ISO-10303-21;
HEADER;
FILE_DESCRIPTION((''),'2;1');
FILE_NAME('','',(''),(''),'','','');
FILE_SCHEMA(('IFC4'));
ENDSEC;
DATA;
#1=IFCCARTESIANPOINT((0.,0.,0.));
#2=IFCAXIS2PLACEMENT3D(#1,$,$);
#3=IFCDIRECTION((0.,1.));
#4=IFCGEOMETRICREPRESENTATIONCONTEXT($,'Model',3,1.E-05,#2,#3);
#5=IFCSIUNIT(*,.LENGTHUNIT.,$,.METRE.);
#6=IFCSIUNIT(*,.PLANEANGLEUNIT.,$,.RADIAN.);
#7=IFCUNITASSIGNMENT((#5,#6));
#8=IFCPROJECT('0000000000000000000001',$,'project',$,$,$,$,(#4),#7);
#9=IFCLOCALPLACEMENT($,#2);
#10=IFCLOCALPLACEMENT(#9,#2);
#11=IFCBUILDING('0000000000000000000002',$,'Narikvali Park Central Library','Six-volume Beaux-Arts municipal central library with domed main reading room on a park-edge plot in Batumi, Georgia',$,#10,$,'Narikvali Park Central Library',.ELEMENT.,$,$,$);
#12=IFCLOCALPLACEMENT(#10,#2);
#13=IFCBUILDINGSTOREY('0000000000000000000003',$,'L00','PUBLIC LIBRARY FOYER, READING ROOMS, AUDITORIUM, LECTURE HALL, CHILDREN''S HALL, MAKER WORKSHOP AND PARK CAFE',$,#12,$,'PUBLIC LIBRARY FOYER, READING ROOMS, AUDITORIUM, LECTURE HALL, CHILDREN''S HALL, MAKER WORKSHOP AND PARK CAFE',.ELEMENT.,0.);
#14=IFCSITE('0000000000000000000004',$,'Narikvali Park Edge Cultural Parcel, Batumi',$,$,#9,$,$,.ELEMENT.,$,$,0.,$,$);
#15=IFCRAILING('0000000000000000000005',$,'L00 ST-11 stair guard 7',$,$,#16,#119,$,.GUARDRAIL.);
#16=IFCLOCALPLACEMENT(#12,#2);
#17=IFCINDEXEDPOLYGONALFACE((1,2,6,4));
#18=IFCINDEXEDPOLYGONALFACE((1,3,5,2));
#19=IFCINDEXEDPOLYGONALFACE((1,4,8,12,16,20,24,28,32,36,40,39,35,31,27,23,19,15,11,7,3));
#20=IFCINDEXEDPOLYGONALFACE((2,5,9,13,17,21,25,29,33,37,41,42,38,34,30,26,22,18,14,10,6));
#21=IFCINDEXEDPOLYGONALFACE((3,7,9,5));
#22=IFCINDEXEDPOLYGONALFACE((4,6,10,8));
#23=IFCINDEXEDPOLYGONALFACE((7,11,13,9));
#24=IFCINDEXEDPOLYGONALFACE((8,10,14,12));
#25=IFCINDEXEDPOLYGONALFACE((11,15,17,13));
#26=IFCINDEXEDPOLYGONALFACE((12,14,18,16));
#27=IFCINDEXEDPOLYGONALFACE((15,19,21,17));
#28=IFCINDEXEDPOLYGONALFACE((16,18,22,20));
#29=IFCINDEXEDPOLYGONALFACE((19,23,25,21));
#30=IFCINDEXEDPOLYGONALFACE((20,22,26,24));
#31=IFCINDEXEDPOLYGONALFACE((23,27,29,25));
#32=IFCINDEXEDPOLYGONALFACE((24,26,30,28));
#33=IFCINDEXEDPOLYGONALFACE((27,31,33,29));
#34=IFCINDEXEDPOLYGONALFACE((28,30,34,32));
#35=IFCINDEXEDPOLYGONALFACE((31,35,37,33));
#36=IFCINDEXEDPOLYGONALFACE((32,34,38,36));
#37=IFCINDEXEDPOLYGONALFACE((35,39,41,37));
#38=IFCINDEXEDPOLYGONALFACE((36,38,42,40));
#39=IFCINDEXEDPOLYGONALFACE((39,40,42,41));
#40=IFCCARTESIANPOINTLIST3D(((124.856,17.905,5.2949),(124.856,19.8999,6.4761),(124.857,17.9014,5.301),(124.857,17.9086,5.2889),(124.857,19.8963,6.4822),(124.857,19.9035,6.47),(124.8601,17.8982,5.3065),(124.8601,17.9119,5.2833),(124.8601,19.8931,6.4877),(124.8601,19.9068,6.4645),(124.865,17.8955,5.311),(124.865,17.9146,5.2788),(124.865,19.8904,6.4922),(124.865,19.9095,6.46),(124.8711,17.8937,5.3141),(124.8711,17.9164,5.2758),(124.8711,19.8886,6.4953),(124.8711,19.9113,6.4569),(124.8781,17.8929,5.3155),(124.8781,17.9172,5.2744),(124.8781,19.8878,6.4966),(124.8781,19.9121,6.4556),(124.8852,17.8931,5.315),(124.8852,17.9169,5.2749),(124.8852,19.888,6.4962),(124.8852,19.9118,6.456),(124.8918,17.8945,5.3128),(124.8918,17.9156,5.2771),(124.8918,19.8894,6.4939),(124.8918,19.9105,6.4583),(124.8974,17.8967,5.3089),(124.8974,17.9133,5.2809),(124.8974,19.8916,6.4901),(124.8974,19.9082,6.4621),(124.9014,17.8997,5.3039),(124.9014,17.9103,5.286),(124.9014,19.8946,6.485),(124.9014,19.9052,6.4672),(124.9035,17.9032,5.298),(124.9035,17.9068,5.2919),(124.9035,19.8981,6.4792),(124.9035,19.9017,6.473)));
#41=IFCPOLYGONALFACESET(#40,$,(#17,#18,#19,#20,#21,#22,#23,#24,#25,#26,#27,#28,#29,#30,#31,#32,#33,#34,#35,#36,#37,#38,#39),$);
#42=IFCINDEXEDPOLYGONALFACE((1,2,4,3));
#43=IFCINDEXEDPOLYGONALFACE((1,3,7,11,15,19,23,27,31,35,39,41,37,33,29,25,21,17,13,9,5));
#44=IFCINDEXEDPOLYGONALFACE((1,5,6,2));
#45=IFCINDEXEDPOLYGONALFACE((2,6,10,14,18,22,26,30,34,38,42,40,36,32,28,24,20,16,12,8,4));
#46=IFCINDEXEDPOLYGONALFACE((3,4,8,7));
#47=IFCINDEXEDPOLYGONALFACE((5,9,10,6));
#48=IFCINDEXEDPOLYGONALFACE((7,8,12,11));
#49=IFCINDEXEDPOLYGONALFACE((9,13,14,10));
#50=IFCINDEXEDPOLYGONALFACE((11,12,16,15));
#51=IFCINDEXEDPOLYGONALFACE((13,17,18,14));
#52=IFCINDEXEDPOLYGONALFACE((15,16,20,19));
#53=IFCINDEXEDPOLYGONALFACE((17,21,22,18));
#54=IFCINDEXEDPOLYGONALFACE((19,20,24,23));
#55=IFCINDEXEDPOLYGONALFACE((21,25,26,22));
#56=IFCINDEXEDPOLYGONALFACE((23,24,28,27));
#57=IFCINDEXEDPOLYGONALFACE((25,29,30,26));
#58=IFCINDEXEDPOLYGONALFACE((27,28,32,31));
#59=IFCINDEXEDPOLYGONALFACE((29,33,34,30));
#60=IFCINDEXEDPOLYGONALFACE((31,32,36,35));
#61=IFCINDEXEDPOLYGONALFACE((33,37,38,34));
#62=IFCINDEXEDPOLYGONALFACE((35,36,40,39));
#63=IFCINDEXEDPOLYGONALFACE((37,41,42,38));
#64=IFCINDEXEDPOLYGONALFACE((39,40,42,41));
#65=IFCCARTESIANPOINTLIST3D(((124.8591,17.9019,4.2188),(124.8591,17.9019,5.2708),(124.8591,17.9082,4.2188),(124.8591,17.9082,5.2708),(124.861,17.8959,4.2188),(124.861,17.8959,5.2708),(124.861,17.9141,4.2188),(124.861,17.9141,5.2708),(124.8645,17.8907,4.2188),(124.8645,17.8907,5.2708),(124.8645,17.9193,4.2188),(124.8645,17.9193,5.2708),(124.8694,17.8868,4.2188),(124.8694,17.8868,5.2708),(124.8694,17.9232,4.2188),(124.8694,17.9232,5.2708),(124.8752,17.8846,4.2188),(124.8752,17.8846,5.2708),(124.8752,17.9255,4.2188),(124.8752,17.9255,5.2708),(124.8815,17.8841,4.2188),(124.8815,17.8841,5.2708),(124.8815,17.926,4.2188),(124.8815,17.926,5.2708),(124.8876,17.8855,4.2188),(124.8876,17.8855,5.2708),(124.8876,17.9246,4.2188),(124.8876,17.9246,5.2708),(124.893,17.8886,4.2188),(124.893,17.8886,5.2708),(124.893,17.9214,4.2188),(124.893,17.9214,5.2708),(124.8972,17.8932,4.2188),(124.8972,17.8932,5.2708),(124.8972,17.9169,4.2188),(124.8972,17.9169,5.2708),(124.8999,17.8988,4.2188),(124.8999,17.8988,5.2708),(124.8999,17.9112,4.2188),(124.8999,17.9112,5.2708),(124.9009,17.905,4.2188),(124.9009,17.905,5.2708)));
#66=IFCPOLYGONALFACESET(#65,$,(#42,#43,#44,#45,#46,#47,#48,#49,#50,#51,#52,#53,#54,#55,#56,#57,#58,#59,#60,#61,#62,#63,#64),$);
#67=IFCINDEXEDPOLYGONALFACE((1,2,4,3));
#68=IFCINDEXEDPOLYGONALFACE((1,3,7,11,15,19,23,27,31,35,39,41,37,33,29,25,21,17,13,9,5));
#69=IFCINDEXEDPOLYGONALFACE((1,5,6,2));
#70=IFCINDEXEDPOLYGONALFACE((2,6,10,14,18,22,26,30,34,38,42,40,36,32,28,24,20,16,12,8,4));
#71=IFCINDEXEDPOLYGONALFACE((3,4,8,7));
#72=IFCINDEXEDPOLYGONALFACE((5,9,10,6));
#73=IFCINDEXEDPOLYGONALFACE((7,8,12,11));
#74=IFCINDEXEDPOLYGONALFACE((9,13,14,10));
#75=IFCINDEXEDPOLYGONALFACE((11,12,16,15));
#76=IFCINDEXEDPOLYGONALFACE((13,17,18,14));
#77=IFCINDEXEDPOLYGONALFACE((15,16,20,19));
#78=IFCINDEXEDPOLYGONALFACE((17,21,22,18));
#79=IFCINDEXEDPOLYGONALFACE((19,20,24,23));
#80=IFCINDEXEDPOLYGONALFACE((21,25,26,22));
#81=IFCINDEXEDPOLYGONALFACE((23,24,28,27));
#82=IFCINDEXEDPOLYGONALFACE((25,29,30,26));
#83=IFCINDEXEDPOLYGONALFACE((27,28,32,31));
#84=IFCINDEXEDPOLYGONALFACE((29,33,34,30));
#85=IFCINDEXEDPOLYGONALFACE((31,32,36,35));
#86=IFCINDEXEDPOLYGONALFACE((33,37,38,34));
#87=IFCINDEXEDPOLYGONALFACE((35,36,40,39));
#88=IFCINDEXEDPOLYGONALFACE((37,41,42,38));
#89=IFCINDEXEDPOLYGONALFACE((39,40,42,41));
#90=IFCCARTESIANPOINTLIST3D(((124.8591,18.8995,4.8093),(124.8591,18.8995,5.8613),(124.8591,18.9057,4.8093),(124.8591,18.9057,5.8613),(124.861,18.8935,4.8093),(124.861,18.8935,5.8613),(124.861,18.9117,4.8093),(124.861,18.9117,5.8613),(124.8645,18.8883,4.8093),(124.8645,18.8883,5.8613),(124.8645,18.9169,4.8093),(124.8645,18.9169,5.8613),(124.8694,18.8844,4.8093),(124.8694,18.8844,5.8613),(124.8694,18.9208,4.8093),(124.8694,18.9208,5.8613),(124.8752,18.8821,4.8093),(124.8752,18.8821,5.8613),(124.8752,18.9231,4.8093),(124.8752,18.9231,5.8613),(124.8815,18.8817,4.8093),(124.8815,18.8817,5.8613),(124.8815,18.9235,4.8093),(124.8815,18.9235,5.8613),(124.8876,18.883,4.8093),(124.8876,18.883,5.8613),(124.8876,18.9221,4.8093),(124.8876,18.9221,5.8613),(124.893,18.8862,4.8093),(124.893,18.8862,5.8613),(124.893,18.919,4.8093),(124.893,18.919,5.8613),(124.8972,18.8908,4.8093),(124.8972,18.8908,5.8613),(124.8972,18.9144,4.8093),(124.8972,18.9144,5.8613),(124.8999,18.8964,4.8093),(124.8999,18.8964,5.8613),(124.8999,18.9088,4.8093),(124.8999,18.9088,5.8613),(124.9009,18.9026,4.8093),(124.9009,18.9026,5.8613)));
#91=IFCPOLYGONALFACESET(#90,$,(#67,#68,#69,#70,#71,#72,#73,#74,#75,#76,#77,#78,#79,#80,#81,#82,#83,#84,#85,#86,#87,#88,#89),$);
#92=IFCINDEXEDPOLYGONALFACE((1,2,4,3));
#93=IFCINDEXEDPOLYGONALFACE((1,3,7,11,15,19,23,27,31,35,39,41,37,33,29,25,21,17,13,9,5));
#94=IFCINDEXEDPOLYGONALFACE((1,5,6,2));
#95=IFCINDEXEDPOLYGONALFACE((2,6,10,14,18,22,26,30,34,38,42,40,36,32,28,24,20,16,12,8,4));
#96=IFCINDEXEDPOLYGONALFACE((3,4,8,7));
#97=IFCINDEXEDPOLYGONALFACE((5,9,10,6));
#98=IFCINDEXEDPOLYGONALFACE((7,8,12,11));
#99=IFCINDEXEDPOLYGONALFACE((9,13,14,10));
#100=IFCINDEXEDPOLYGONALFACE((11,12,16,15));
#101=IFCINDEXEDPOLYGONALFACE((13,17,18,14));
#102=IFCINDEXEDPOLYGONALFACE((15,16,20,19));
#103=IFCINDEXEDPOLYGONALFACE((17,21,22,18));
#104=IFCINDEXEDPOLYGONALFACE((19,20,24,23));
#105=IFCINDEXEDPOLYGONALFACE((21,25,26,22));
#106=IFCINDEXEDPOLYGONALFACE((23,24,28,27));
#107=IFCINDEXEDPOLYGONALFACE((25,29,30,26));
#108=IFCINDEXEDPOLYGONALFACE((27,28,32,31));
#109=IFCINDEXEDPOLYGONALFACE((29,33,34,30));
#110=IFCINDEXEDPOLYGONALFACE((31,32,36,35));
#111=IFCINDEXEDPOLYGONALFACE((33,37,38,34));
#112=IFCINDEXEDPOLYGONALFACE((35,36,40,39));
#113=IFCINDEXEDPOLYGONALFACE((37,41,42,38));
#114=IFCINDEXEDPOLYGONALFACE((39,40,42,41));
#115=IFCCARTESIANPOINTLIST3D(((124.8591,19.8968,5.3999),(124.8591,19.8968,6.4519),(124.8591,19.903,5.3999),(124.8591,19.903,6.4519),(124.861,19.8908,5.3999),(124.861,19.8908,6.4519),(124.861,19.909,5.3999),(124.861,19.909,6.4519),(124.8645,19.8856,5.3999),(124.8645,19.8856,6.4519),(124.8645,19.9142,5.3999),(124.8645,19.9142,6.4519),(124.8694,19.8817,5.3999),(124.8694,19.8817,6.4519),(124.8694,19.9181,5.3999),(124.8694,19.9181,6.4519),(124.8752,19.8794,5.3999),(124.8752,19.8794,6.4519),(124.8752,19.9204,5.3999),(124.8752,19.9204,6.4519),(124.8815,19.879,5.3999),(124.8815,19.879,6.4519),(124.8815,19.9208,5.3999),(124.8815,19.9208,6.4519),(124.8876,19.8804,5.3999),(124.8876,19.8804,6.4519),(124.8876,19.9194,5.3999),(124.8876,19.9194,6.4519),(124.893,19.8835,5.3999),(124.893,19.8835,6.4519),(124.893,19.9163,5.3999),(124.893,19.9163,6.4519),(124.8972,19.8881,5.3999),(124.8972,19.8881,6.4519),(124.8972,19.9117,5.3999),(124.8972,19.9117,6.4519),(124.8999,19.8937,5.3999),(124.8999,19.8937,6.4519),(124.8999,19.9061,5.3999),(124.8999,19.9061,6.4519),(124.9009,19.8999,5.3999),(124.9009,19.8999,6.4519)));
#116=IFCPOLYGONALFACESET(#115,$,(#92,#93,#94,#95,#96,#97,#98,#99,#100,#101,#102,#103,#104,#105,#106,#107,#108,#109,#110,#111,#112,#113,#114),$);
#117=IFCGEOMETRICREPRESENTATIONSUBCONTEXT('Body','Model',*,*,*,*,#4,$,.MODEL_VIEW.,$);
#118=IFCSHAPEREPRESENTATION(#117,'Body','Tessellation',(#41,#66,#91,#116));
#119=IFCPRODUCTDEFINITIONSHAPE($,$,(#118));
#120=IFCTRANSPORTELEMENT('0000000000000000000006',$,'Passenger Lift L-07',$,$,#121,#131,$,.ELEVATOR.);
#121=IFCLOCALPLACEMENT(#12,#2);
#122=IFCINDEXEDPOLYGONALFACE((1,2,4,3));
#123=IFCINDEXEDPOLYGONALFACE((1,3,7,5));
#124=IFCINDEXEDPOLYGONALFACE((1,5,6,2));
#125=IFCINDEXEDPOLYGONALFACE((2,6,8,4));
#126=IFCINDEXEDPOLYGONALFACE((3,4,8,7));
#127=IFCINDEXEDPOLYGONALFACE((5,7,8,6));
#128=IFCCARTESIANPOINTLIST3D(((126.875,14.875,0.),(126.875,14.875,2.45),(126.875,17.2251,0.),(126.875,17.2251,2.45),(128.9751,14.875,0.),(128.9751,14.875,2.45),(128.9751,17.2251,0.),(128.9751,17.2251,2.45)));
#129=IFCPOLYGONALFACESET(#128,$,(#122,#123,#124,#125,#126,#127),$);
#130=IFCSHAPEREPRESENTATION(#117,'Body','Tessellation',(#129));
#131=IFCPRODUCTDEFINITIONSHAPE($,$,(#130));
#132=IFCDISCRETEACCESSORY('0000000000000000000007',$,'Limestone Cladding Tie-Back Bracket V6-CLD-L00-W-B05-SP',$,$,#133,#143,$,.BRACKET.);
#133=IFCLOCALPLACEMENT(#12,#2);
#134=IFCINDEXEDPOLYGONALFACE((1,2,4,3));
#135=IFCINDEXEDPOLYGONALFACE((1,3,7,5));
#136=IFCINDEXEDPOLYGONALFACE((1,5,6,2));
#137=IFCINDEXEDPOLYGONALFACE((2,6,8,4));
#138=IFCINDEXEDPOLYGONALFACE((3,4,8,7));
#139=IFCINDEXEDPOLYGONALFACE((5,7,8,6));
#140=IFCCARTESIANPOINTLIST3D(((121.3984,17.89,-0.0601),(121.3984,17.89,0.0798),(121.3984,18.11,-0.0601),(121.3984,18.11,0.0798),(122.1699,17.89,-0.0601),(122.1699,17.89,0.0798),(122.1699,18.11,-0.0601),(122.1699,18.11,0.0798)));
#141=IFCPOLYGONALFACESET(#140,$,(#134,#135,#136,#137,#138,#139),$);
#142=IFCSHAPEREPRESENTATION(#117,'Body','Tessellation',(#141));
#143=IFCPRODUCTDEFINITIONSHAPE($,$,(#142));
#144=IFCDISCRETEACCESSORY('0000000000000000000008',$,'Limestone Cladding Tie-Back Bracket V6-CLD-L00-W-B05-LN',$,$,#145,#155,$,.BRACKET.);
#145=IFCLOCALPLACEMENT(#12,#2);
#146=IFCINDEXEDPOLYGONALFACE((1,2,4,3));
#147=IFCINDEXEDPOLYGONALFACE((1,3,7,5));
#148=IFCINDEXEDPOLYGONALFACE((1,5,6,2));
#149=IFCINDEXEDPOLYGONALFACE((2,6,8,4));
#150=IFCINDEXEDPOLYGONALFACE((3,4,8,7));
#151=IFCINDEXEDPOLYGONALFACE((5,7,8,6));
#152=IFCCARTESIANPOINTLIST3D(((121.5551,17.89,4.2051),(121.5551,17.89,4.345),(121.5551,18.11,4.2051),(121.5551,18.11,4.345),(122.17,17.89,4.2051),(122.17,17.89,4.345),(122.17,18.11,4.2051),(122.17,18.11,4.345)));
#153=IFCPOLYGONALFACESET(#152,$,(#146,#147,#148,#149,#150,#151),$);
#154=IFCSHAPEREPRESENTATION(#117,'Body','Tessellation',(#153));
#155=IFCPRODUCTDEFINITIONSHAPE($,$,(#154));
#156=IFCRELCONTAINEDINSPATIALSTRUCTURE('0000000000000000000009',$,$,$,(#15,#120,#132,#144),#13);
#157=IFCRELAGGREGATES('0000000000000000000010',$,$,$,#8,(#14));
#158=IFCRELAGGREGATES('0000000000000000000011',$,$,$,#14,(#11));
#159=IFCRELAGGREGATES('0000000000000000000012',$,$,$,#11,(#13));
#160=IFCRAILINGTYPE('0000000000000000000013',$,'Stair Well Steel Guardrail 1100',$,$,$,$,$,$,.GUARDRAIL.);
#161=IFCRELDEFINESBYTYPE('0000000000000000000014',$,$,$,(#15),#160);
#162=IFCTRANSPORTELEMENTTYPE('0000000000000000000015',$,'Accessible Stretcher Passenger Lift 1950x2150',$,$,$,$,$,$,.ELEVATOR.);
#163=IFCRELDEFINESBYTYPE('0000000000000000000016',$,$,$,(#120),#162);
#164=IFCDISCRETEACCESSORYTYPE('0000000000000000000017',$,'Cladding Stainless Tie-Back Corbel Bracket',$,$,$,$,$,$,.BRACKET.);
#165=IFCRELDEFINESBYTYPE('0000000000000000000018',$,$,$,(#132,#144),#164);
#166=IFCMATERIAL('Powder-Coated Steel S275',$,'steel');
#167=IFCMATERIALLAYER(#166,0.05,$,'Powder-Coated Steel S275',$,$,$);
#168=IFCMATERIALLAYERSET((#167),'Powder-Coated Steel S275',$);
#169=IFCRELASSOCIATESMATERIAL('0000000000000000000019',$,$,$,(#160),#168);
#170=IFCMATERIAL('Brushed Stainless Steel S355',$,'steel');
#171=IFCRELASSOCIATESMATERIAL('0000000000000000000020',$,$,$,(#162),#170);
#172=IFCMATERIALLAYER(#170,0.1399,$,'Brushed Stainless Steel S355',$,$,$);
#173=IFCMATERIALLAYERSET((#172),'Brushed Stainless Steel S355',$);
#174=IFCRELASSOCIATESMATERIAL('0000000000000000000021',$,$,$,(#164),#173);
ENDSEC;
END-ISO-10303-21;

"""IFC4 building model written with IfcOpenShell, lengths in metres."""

from ifc_helpers import new_model, si_unit, direction, frame, origin, origin_2d, place, context, subcontext, project, spatial, rectangle, circle, extrude, material, layer, layer_set, type_object, element, save


model = new_model("IFC4")

# Units and contexts
model_context = context("Model", 3, precision=1e-05, world=origin(), true_north=direction((0.0, 1.0)))
body_context = subcontext(model_context, "Body", "Model", "MODEL_VIEW")
ifc_project = project(units=[si_unit("LENGTHUNIT", "METRE"), si_unit("PLANEANGLEUNIT", "RADIAN")], contexts=[model_context])

# Site, building, storey
site_placement = place(None, origin())
site = spatial("IfcSite", under=ifc_project, at=site_placement, Name="Narikvali Park Edge Cultural Parcel, Batumi", CompositionType="ELEMENT", RefElevation=0.0)
building_placement = place(site_placement, origin())
building = spatial("IfcBuilding", under=site, at=building_placement, Name="Narikvali Park Central Library", Description="Six-volume Beaux-Arts municipal central library with domed main reading room on a park-edge plot in Batumi, Georgia", LongName="Narikvali Park Central Library", CompositionType="ELEMENT")
storey_placement = place(building_placement, origin())
storey = spatial("IfcBuildingStorey", under=building, at=storey_placement, Name="L00", Description="PUBLIC LIBRARY FOYER, READING ROOMS, AUDITORIUM, LECTURE HALL, CHILDREN'S HALL, MAKER WORKSHOP AND PARK CAFE", LongName="PUBLIC LIBRARY FOYER, READING ROOMS, AUDITORIUM, LECTURE HALL, CHILDREN'S HALL, MAKER WORKSHOP AND PARK CAFE", CompositionType="ELEMENT", Elevation=0.0)

# Shared definitions
ifc_material_1 = material(Name="Brushed Stainless Steel S355", Category="steel")

# Railing
ifc_material_2 = material(Name="Powder-Coated Steel S275", Category="steel")
ifc_layer_1 = layer(ifc_material_2, 0.05, Name="Powder-Coated Steel S275")
ifc_layer_set_1 = layer_set([ifc_layer_1], Name="Powder-Coated Steel S275")
railing_type_1 = type_object("IfcRailingType", Name="Stair Well Steel Guardrail 1100", PredefinedType="GUARDRAIL", material=ifc_layer_set_1)
railing_1_placement = place(storey_placement, frame((124.8799, 17.905, 4.2188)))
element("IfcRailing", 1, at=railing_1_placement, inside=storey, type_object=railing_type_1, Name="L00 ST-11 stair guard 7", PredefinedType="GUARDRAIL", context=body_context, shape_type="SweptSolid", body=[
    extrude(circle(Radius=0.0239, at=origin_2d()), frame((0.0, 0.0, 1.0762), z_axis=(0.0, 0.86048, 0.509485), x_axis=(-1.0, 0.0, 0.0)), (0.0, 0.0, 1.0), 2.3184),
    extrude(circle(Radius=0.021, at=origin_2d()), origin(), (0.0, 0.0, 1.0), 1.052),
    extrude(circle(Radius=0.021, at=origin_2d()), frame((0.0, 0.9976, 0.5906)), (0.0, 0.0, 1.0), 1.052),
    extrude(circle(Radius=0.021, at=origin_2d()), frame((0.0, 1.9949, 1.1812)), (0.0, 0.0, 1.0), 1.052),
])

# Transport element
transport_element_type = type_object("IfcTransportElementType", Name="Accessible Stretcher Passenger Lift 1950x2150", PredefinedType="ELEVATOR", material=ifc_material_1)
transport_element_placement = place(storey_placement, frame((127.925, 16.05, 0.0), z_axis=(0.0, 0.0, 1.0), x_axis=(1.0, 0.0, 0.0)))
element("IfcTransportElement", 2, at=transport_element_placement, inside=storey, type_object=transport_element_type, Name="Passenger Lift L-07", PredefinedType="ELEVATOR", context=body_context, shape_type="SweptSolid", body=[
    extrude(rectangle(XDim=2.1001, YDim=2.3501, at=origin_2d()), origin(), (0.0, 0.0, 1.0), 2.45),
])

# Discrete accessories
ifc_layer_2 = layer(ifc_material_1, 0.1399, Name="Brushed Stainless Steel S355")
ifc_layer_set_2 = layer_set([ifc_layer_2], Name="Brushed Stainless Steel S355")
discrete_accessory_type = type_object("IfcDiscreteAccessoryType", Name="Cladding Stainless Tie-Back Corbel Bracket", PredefinedType="BRACKET", material=ifc_layer_set_2)
discrete_accessory_1_placement = place(storey_placement, frame((121.7842, 18.0, -0.0601), z_axis=(0.0, 0.0, 1.0), x_axis=(1.0, 0.0, 0.0)))
element("IfcDiscreteAccessory", 3, at=discrete_accessory_1_placement, inside=storey, type_object=discrete_accessory_type, Name="Limestone Cladding Tie-Back Bracket V6-CLD-L00-W-B05-SP", PredefinedType="BRACKET", context=body_context, shape_type="SweptSolid", body=[
    extrude(rectangle(XDim=0.7715, YDim=0.22, at=origin_2d()), origin(), (0.0, 0.0, 1.0), 0.1399),
])
discrete_accessory_2_placement = place(storey_placement, frame((121.8625, 18.0, 4.2051), z_axis=(0.0, 0.0, 1.0), x_axis=(1.0, 0.0, 0.0)))
element("IfcDiscreteAccessory", 4, at=discrete_accessory_2_placement, inside=storey, type_object=discrete_accessory_type, Name="Limestone Cladding Tie-Back Bracket V6-CLD-L00-W-B05-LN", PredefinedType="BRACKET", context=body_context, shape_type="SweptSolid", body=[
    extrude(rectangle(XDim=0.615, YDim=0.22, at=origin_2d()), origin(), (0.0, 0.0, 1.0), 0.1399),
])

save(model, "model.ifc")
